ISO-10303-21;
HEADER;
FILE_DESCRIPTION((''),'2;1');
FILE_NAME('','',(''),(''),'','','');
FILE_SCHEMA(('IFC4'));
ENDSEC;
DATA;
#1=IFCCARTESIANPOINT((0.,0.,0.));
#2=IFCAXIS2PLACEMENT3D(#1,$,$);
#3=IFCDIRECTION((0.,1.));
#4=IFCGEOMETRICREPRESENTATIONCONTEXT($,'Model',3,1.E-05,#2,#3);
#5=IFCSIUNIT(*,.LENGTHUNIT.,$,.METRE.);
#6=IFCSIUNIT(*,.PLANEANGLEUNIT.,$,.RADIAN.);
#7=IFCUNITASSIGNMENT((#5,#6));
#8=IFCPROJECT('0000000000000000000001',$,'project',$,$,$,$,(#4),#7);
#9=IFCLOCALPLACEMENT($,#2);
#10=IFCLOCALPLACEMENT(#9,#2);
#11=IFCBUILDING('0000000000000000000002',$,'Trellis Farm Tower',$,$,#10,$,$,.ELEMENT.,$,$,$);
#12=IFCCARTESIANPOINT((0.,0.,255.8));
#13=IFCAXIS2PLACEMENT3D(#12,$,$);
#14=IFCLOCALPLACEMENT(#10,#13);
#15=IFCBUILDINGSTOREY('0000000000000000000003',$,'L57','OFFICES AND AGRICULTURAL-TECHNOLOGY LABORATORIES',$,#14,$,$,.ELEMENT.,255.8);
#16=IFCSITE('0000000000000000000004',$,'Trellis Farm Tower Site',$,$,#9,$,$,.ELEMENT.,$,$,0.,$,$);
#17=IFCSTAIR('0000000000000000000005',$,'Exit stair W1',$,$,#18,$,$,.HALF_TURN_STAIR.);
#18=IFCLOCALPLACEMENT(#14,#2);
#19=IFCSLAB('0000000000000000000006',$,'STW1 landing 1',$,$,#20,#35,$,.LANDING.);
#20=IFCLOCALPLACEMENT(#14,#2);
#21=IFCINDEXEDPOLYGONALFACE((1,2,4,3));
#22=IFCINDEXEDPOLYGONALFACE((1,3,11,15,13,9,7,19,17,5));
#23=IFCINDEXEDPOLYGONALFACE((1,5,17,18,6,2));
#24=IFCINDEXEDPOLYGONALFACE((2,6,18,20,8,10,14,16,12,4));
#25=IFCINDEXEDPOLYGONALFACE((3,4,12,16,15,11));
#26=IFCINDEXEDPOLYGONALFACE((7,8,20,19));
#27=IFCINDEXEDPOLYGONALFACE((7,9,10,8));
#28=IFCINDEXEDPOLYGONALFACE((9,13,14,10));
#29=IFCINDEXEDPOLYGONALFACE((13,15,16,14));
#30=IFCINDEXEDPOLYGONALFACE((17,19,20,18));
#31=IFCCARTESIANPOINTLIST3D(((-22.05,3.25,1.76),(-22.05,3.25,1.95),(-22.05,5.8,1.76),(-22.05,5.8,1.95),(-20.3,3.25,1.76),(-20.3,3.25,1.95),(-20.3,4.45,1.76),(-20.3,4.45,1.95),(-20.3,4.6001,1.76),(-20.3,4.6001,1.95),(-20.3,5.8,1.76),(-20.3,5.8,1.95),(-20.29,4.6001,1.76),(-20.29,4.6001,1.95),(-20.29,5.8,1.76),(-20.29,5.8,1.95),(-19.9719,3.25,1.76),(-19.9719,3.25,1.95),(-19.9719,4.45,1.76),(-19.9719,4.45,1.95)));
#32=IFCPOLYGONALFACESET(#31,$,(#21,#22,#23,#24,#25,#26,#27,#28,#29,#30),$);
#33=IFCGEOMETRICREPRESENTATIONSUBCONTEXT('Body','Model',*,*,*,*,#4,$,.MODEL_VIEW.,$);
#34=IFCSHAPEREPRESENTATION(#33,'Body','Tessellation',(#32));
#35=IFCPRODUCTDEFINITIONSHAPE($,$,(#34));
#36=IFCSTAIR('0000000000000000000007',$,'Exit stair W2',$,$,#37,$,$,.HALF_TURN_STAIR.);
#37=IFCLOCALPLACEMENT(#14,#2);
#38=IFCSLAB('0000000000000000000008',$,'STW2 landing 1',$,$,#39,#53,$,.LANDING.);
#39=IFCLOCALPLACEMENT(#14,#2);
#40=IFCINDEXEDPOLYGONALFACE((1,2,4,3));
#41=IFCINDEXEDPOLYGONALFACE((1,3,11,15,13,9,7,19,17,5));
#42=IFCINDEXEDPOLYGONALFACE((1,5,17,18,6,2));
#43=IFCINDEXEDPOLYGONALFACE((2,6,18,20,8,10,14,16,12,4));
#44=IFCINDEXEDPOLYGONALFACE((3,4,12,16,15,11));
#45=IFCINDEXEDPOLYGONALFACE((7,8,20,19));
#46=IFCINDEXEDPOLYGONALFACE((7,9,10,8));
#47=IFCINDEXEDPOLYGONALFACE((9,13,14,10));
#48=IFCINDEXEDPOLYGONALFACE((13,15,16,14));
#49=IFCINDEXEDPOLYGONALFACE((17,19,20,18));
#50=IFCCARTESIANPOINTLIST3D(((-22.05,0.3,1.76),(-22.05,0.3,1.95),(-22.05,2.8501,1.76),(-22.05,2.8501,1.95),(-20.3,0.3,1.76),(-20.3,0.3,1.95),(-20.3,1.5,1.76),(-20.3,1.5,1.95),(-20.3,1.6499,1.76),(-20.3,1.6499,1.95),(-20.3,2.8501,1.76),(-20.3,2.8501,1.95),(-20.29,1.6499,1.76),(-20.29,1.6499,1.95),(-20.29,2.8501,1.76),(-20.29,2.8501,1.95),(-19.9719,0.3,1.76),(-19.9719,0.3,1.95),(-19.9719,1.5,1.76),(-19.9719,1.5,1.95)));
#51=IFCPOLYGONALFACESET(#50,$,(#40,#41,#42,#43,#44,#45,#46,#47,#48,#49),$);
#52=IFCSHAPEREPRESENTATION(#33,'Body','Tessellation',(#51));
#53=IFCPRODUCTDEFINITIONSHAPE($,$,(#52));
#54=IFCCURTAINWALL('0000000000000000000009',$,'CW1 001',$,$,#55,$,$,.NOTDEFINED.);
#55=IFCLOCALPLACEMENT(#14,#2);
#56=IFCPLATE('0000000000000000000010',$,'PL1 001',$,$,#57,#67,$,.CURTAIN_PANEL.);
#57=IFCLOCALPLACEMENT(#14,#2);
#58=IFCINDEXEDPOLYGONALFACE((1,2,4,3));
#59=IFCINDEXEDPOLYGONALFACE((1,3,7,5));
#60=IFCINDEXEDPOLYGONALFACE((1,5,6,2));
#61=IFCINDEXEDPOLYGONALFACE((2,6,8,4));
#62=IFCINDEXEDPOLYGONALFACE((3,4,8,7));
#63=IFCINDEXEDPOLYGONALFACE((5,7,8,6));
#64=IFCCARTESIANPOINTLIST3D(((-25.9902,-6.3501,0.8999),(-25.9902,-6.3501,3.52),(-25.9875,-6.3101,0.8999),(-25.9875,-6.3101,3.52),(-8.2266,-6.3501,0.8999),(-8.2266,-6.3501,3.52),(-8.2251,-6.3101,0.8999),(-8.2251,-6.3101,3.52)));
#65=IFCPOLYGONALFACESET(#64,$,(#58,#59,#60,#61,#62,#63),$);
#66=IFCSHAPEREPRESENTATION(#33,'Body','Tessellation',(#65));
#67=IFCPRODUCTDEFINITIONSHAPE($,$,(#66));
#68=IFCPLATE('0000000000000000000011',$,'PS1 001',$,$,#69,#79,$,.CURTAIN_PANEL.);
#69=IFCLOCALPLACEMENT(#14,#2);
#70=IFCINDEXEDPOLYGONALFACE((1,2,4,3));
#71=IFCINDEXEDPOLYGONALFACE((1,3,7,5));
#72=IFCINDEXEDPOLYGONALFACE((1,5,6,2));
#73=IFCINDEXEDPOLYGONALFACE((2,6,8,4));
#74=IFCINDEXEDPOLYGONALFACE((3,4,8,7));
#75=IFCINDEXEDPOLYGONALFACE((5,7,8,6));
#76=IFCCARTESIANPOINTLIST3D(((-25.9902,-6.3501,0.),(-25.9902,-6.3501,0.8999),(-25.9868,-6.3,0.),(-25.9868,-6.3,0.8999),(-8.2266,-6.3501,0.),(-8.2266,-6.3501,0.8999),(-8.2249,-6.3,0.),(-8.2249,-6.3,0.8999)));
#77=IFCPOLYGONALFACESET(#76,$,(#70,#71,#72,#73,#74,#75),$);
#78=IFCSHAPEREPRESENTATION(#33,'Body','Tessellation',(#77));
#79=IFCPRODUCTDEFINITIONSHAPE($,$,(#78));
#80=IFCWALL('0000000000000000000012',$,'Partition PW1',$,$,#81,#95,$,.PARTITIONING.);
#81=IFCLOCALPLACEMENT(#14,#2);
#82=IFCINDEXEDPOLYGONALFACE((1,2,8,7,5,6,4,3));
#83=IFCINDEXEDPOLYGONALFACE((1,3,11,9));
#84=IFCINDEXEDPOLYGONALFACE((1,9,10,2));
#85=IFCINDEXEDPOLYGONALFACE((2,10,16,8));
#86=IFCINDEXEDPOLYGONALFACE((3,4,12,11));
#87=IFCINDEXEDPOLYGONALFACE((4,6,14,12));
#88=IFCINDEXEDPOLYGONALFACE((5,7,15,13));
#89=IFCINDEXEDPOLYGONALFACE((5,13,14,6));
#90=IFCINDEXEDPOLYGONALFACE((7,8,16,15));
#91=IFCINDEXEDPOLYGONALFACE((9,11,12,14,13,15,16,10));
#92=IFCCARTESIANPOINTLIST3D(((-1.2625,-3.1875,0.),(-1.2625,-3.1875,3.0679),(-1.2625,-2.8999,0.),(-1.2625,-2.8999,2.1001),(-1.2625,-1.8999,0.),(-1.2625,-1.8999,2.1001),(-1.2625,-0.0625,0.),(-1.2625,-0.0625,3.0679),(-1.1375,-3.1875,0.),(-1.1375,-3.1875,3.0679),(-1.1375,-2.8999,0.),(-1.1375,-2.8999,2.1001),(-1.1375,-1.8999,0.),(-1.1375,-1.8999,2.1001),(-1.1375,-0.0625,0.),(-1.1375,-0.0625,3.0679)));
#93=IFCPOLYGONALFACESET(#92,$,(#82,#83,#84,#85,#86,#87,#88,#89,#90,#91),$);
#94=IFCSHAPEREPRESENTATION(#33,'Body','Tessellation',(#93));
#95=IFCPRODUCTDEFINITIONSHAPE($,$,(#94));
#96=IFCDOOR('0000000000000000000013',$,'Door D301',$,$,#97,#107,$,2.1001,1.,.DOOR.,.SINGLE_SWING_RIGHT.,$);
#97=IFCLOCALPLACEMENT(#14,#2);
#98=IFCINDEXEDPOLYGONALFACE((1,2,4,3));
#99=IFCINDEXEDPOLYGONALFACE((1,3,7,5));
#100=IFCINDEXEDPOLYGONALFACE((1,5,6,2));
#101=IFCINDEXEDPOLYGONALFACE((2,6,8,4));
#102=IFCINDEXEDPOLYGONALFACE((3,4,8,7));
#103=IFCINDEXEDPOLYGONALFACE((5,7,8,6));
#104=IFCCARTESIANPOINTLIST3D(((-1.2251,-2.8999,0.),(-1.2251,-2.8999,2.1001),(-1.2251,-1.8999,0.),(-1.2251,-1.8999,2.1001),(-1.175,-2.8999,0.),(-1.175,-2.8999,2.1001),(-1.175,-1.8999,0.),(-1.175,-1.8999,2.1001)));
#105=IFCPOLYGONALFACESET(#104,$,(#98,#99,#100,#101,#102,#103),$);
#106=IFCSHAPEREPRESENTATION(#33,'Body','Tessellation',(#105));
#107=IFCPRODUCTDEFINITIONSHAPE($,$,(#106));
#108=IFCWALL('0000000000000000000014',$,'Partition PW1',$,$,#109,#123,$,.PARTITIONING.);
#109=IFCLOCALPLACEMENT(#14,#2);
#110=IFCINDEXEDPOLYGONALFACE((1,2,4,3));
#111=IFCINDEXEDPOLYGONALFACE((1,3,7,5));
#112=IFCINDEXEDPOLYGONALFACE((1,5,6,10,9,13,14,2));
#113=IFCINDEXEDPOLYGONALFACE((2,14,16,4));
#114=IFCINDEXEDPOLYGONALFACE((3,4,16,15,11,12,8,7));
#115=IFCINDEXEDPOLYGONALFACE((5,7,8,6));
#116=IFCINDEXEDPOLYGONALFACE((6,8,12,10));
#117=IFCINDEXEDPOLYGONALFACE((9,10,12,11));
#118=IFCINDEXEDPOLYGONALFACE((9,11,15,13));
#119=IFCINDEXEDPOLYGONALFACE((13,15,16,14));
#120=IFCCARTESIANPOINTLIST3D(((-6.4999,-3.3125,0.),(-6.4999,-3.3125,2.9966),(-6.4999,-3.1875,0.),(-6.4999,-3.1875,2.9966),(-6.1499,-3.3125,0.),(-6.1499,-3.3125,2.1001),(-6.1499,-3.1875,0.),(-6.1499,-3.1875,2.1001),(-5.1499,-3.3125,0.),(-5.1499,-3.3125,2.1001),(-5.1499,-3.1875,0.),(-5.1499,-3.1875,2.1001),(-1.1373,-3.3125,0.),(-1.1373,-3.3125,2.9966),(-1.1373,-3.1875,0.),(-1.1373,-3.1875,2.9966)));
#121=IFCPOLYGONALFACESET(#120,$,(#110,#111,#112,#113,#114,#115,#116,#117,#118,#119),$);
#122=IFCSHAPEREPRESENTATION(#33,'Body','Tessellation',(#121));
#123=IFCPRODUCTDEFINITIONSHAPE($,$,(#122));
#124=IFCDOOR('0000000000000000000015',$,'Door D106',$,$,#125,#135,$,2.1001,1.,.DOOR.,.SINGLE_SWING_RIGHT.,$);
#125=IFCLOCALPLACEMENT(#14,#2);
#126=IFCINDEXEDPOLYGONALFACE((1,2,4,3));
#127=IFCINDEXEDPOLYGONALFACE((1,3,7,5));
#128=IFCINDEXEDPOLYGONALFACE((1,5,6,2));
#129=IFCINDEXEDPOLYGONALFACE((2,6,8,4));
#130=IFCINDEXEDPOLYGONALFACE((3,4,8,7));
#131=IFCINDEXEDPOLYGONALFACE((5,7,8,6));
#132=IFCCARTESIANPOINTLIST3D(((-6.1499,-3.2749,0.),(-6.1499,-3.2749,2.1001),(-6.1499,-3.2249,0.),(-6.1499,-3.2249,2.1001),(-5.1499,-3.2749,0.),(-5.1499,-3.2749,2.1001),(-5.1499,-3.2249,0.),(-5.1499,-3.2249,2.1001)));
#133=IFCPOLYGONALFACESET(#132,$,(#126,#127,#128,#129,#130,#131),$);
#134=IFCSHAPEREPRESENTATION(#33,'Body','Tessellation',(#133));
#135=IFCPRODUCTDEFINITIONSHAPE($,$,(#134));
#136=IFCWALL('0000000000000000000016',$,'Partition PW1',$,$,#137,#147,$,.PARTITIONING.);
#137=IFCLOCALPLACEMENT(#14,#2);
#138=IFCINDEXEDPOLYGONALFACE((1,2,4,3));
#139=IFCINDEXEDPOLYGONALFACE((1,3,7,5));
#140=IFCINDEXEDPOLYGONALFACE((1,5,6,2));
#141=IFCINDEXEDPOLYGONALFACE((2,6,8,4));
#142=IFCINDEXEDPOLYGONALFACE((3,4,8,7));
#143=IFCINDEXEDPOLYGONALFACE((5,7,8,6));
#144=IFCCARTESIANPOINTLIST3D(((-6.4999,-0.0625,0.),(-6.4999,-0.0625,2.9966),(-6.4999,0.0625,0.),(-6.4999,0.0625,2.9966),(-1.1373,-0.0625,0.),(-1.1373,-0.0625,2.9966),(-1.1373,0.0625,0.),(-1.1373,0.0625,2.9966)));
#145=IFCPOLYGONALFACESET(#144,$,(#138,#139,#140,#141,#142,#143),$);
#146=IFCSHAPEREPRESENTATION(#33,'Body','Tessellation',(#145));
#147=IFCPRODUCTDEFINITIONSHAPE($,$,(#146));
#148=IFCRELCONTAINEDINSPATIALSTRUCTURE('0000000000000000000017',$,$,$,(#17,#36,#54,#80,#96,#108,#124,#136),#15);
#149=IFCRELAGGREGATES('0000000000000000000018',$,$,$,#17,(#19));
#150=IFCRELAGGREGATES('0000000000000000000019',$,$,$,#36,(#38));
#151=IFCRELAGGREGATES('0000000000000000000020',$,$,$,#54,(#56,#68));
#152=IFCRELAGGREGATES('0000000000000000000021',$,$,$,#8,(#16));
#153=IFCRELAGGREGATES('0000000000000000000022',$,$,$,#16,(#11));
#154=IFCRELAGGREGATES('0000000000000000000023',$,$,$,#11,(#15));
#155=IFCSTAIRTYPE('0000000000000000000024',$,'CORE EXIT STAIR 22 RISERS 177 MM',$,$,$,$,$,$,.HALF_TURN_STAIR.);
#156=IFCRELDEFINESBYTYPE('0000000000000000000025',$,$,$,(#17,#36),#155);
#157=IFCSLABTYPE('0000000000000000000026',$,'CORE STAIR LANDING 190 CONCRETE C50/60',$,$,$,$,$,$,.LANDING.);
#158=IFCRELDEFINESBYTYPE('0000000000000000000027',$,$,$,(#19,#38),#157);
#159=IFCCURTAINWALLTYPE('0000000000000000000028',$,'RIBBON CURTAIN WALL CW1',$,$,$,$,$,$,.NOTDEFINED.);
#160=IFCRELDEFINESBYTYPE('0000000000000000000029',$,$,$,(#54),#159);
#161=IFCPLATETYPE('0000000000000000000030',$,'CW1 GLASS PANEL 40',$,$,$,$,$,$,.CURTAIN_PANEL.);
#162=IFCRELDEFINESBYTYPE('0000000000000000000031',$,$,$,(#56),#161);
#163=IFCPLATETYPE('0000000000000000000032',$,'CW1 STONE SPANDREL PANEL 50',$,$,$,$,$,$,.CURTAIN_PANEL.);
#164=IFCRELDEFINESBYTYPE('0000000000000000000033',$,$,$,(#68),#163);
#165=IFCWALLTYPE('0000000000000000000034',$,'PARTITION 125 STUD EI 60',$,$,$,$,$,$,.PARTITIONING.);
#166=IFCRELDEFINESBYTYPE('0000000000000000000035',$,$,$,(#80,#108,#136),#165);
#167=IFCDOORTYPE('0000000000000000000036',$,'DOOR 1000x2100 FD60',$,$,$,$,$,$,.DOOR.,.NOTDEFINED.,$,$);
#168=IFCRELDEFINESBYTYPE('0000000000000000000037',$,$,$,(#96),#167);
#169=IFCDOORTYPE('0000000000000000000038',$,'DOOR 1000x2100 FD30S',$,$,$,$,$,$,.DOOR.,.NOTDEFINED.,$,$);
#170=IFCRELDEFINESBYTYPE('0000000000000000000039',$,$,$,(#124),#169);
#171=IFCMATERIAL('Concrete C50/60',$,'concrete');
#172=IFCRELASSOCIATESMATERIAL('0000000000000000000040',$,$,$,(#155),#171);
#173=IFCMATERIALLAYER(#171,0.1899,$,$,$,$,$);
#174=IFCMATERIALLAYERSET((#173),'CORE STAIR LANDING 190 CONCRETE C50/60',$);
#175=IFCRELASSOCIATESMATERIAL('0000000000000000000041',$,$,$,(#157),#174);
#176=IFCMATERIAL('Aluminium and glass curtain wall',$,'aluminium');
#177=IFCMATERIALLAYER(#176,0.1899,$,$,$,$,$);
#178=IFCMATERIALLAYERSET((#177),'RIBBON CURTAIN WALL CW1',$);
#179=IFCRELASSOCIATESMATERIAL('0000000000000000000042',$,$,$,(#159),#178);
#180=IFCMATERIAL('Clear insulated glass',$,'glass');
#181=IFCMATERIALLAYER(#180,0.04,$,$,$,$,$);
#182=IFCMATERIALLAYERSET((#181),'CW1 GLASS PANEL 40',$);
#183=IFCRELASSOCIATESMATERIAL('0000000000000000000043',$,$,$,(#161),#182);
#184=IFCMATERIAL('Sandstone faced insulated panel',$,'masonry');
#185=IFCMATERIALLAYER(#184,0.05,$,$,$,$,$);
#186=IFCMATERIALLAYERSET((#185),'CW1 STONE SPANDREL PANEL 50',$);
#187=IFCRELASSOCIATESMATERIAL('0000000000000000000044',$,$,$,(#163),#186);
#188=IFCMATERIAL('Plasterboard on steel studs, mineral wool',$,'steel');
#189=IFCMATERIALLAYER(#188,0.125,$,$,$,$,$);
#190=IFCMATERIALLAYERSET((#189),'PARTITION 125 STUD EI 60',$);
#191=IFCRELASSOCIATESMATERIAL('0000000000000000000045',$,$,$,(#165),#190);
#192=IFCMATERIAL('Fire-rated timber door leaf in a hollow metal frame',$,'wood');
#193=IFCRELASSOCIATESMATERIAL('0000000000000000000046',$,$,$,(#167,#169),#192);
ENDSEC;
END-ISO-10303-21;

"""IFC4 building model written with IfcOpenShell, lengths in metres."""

from ifc_helpers import new_model, si_unit, direction, frame, frame_2d, origin, place, context, subcontext, project, spatial, polyline, rectangle, outline, extrude, source, transform, mapped, material, layer, layer_set, type_object, element, fill, aggregate, save


model = new_model("IFC4")

# Units and contexts
model_context = context("Model", 3, precision=1e-05, world=origin(), true_north=direction((0.0, 1.0)))
body_context = subcontext(model_context, "Body", "Model", "MODEL_VIEW")
ifc_project = project(units=[si_unit("LENGTHUNIT", "METRE"), si_unit("PLANEANGLEUNIT", "RADIAN")], contexts=[model_context])

# Site, building, storey
site_placement = place(None, origin())
site = spatial("IfcSite", under=ifc_project, at=site_placement, Name="Trellis Farm Tower Site", CompositionType="ELEMENT", RefElevation=0.0)
building_placement = place(site_placement, origin())
building = spatial("IfcBuilding", under=site, at=building_placement, Name="Trellis Farm Tower", CompositionType="ELEMENT")
storey_placement = place(building_placement, frame((0.0, 0.0, 255.8)))
storey = spatial("IfcBuildingStorey", under=building, at=storey_placement, Name="L57", Description="OFFICES AND AGRICULTURAL-TECHNOLOGY LABORATORIES", CompositionType="ELEMENT", Elevation=255.8)

# Stairs, slabs
ifc_material_1 = material(Name="Concrete C50/60", Category="concrete")
stair_type = type_object("IfcStairType", Name="CORE EXIT STAIR 22 RISERS 177 MM", PredefinedType="HALF_TURN_STAIR", material=ifc_material_1)
placement_1 = place(storey_placement, origin())
ifc_layer_1 = layer(ifc_material_1, 0.1899)
ifc_layer_set_1 = layer_set([ifc_layer_1], Name="CORE STAIR LANDING 190 CONCRETE C50/60")
slab_type_1 = type_object("IfcSlabType", Name="CORE STAIR LANDING 190 CONCRETE C50/60", PredefinedType="LANDING", material=ifc_layer_set_1)
placement_2 = place(storey_placement, frame((0.0, 0.0, 1.76)))
stair_1 = element("IfcStair", 1, at=placement_1, inside=storey, type_object=stair_type, Name="Exit stair W1", PredefinedType="HALF_TURN_STAIR")
shared_shape_1 = source(origin(), body_context, "Body", "SweptSolid", [
    extrude(outline(polyline([(-19.9719, 4.45), (-19.9719, 3.25), (-20.3, 3.25), (-22.05, 3.25), (-22.05, 5.8), (-20.3, 5.8), (-20.29, 5.8), (-20.29, 4.6001), (-20.3, 4.6001), (-20.3, 4.45), (-19.9719, 4.45)])), origin(), (0.0, 0.0, 1.0), 0.1899),
])
slab_1 = element("IfcSlab", 2, at=placement_2, type_object=slab_type_1, Name="STW1 landing 1", PredefinedType="LANDING", context=body_context, shape_type="MappedRepresentation", body=[
    mapped(shared_shape_1, transform((0.0, 0.0, 0.0))),
])
aggregate(stair_1, [slab_1])
stair_2 = element("IfcStair", 3, at=placement_1, inside=storey, type_object=stair_type, Name="Exit stair W2", PredefinedType="HALF_TURN_STAIR")
shared_shape_2 = source(origin(), body_context, "Body", "SweptSolid", [
    extrude(outline(polyline([(-19.9719, 1.5), (-19.9719, 0.3), (-20.3, 0.3), (-22.05, 0.3), (-22.05, 2.8501), (-20.3, 2.8501), (-20.29, 2.8501), (-20.29, 1.6499), (-20.3, 1.6499), (-20.3, 1.5), (-19.9719, 1.5)])), origin(), (0.0, 0.0, 1.0), 0.1899),
])
slab_2 = element("IfcSlab", 4, at=placement_2, type_object=slab_type_1, Name="STW2 landing 1", PredefinedType="LANDING", context=body_context, shape_type="MappedRepresentation", body=[
    mapped(shared_shape_2, transform((0.0, 0.0, 0.0))),
])
aggregate(stair_2, [slab_2])

# Curtain wall, plates
ifc_material_2 = material(Name="Aluminium and glass curtain wall", Category="aluminium")
ifc_layer_2 = layer(ifc_material_2, 0.1899)
ifc_layer_set_2 = layer_set([ifc_layer_2], Name="RIBBON CURTAIN WALL CW1")
curtain_wall_type = type_object("IfcCurtainWallType", Name="RIBBON CURTAIN WALL CW1", PredefinedType="NOTDEFINED", material=ifc_layer_set_2)
curtain_wall = element("IfcCurtainWall", 5, at=placement_1, inside=storey, type_object=curtain_wall_type, Name="CW1 001", PredefinedType="NOTDEFINED")
ifc_material_3 = material(Name="Clear insulated glass", Category="glass")
ifc_layer_3 = layer(ifc_material_3, 0.04)
ifc_layer_set_3 = layer_set([ifc_layer_3], Name="CW1 GLASS PANEL 40")
plate_type_1 = type_object("IfcPlateType", Name="CW1 GLASS PANEL 40", PredefinedType="CURTAIN_PANEL", material=ifc_layer_set_3)
shared_shape_3 = source(origin(), body_context, "Body", "SweptSolid", [
    extrude(outline(polyline([(-25.9902, -6.3501), (-8.2266, -6.3501), (-8.2251, -6.3101), (-25.9875, -6.3101), (-25.9902, -6.3501)])), origin(), (0.0, 0.0, 1.0), 2.6201),
])
plate_1_placement = place(storey_placement, frame((0.0, 0.0, 0.8999)))
plate_1 = element("IfcPlate", 6, at=plate_1_placement, type_object=plate_type_1, Name="PL1 001", PredefinedType="CURTAIN_PANEL", context=body_context, shape_type="MappedRepresentation", body=[
    mapped(shared_shape_3, transform((0.0, 0.0, 0.0))),
])
ifc_material_4 = material(Name="Sandstone faced insulated panel", Category="masonry")
ifc_layer_4 = layer(ifc_material_4, 0.05)
ifc_layer_set_4 = layer_set([ifc_layer_4], Name="CW1 STONE SPANDREL PANEL 50")
plate_type_2 = type_object("IfcPlateType", Name="CW1 STONE SPANDREL PANEL 50", PredefinedType="CURTAIN_PANEL", material=ifc_layer_set_4)
shared_shape_4 = source(origin(), body_context, "Body", "SweptSolid", [
    extrude(outline(polyline([(-25.9902, -6.3501), (-8.2266, -6.3501), (-8.2249, -6.3), (-25.9868, -6.3), (-25.9902, -6.3501)])), origin(), (0.0, 0.0, 1.0), 0.8999),
])
plate_2 = element("IfcPlate", 7, at=placement_1, type_object=plate_type_2, Name="PS1 001", PredefinedType="CURTAIN_PANEL", context=body_context, shape_type="MappedRepresentation", body=[
    mapped(shared_shape_4, transform((0.0, 0.0, 0.0))),
])
aggregate(curtain_wall, [plate_1, plate_2])

# Walls, openings, doors
ifc_material_5 = material(Name="Plasterboard on steel studs, mineral wool", Category="steel")
ifc_layer_5 = layer(ifc_material_5, 0.125)
ifc_layer_set_5 = layer_set([ifc_layer_5], Name="PARTITION 125 STUD EI 60")
wall_type_1 = type_object("IfcWallType", Name="PARTITION 125 STUD EI 60", PredefinedType="PARTITIONING", material=ifc_layer_set_5)
shared_shape_5 = source(origin(), body_context, "Body", "SweptSolid", [
    extrude(rectangle(XDim=3.125, YDim=0.125, at=frame_2d((1.5625, 0.0))), origin(), (0.0, 0.0, 1.0), 3.0679),
])
wall_1_placement = place(storey_placement, frame((-1.2, -0.0625, 0.0), z_axis=(0.0, 0.0, 1.0), x_axis=(0.0, -1.0, 0.0)))
wall_1 = element("IfcWall", 8, at=wall_1_placement, inside=storey, type_object=wall_type_1, Name="Partition PW1", PredefinedType="PARTITIONING", context=body_context, shape_type="MappedRepresentation", body=[
    mapped(shared_shape_5, transform((0.0, 0.0, 0.0))),
])
shared_shape_6 = source(origin(), body_context, "Body", "SweptSolid", [
    extrude(rectangle(XDim=1.0, YDim=2.1001, at=frame_2d((0.5, 1.05))), frame((0.0, 0.0725, 0.0), z_axis=(0.0, -1.0, 0.0), x_axis=(1.0, 0.0, 0.0)), (0.0, 0.0, 1.0), 0.145),
])
opening_1_placement = place(wall_1_placement, frame((1.8374, 0.0, 0.0)))
opening_1 = element("IfcOpeningElement", 9, at=opening_1_placement, cuts=wall_1, PredefinedType="OPENING", context=body_context, shape_type="MappedRepresentation", body=[
    mapped(shared_shape_6, transform((0.0, 0.0, 0.0))),
])
ifc_material_6 = material(Name="Fire-rated timber door leaf in a hollow metal frame", Category="wood")
door_type_1 = type_object("IfcDoorType", Name="DOOR 1000x2100 FD60", OperationType="NOTDEFINED", PredefinedType="DOOR", material=ifc_material_6)
shared_shape_7 = source(origin(), body_context, "Body", "SweptSolid", [
    extrude(rectangle(XDim=1.0, YDim=2.1001, at=frame_2d((0.5, 1.05))), frame((0.0, 0.0249, 0.0), z_axis=(0.0, -1.0, 0.0), x_axis=(1.0, 0.0, 0.0)), (0.0, 0.0, 1.0), 0.05),
])
door_1_placement = place(opening_1_placement, origin())
door_1 = element("IfcDoor", 10, at=door_1_placement, inside=storey, type_object=door_type_1, Name="Door D301", OperationType="SINGLE_SWING_RIGHT", OverallHeight=2.1001, OverallWidth=1.0, PredefinedType="DOOR", context=body_context, shape_type="MappedRepresentation", body=[
    mapped(shared_shape_7, transform((0.0, 0.0, 0.0))),
])
fill(opening_1, door_1)
shared_shape_8 = source(origin(), body_context, "Body", "SweptSolid", [
    extrude(rectangle(XDim=5.3625, YDim=0.125, at=frame_2d((2.6812, 0.0))), origin(), (0.0, 0.0, 1.0), 2.9966),
])
wall_2_placement = place(storey_placement, frame((-1.1375, -3.25, 0.0), z_axis=(0.0, 0.0, 1.0), x_axis=(-1.0, 0.0, 0.0)))
wall_2 = element("IfcWall", 11, at=wall_2_placement, inside=storey, type_object=wall_type_1, Name="Partition PW1", PredefinedType="PARTITIONING", context=body_context, shape_type="MappedRepresentation", body=[
    mapped(shared_shape_8, transform((0.0, 0.0, 0.0))),
])
opening_2_placement = place(wall_2_placement, frame((4.0125, 0.0, 0.0)))
opening_2 = element("IfcOpeningElement", 12, at=opening_2_placement, cuts=wall_2, PredefinedType="OPENING", context=body_context, shape_type="MappedRepresentation", body=[
    mapped(shared_shape_6, transform((0.0, 0.0, 0.0))),
])
door_type_2 = type_object("IfcDoorType", Name="DOOR 1000x2100 FD30S", OperationType="NOTDEFINED", PredefinedType="DOOR", material=ifc_material_6)
door_2_placement = place(opening_2_placement, origin())
door_2 = element("IfcDoor", 13, at=door_2_placement, inside=storey, type_object=door_type_2, Name="Door D106", OperationType="SINGLE_SWING_RIGHT", OverallHeight=2.1001, OverallWidth=1.0, PredefinedType="DOOR", context=body_context, shape_type="MappedRepresentation", body=[
    mapped(shared_shape_7, transform((0.0, 0.0, 0.0))),
])
fill(opening_2, door_2)

# Wall
wall_3_placement = place(storey_placement, frame((-1.1375, 0.0, 0.0), z_axis=(0.0, 0.0, 1.0), x_axis=(-1.0, 0.0, 0.0)))
element("IfcWall", 14, at=wall_3_placement, inside=storey, type_object=wall_type_1, Name="Partition PW1", PredefinedType="PARTITIONING", context=body_context, shape_type="MappedRepresentation", body=[
    mapped(shared_shape_8, transform((0.0, 0.0, 0.0))),
])

save(model, "model.ifc")
